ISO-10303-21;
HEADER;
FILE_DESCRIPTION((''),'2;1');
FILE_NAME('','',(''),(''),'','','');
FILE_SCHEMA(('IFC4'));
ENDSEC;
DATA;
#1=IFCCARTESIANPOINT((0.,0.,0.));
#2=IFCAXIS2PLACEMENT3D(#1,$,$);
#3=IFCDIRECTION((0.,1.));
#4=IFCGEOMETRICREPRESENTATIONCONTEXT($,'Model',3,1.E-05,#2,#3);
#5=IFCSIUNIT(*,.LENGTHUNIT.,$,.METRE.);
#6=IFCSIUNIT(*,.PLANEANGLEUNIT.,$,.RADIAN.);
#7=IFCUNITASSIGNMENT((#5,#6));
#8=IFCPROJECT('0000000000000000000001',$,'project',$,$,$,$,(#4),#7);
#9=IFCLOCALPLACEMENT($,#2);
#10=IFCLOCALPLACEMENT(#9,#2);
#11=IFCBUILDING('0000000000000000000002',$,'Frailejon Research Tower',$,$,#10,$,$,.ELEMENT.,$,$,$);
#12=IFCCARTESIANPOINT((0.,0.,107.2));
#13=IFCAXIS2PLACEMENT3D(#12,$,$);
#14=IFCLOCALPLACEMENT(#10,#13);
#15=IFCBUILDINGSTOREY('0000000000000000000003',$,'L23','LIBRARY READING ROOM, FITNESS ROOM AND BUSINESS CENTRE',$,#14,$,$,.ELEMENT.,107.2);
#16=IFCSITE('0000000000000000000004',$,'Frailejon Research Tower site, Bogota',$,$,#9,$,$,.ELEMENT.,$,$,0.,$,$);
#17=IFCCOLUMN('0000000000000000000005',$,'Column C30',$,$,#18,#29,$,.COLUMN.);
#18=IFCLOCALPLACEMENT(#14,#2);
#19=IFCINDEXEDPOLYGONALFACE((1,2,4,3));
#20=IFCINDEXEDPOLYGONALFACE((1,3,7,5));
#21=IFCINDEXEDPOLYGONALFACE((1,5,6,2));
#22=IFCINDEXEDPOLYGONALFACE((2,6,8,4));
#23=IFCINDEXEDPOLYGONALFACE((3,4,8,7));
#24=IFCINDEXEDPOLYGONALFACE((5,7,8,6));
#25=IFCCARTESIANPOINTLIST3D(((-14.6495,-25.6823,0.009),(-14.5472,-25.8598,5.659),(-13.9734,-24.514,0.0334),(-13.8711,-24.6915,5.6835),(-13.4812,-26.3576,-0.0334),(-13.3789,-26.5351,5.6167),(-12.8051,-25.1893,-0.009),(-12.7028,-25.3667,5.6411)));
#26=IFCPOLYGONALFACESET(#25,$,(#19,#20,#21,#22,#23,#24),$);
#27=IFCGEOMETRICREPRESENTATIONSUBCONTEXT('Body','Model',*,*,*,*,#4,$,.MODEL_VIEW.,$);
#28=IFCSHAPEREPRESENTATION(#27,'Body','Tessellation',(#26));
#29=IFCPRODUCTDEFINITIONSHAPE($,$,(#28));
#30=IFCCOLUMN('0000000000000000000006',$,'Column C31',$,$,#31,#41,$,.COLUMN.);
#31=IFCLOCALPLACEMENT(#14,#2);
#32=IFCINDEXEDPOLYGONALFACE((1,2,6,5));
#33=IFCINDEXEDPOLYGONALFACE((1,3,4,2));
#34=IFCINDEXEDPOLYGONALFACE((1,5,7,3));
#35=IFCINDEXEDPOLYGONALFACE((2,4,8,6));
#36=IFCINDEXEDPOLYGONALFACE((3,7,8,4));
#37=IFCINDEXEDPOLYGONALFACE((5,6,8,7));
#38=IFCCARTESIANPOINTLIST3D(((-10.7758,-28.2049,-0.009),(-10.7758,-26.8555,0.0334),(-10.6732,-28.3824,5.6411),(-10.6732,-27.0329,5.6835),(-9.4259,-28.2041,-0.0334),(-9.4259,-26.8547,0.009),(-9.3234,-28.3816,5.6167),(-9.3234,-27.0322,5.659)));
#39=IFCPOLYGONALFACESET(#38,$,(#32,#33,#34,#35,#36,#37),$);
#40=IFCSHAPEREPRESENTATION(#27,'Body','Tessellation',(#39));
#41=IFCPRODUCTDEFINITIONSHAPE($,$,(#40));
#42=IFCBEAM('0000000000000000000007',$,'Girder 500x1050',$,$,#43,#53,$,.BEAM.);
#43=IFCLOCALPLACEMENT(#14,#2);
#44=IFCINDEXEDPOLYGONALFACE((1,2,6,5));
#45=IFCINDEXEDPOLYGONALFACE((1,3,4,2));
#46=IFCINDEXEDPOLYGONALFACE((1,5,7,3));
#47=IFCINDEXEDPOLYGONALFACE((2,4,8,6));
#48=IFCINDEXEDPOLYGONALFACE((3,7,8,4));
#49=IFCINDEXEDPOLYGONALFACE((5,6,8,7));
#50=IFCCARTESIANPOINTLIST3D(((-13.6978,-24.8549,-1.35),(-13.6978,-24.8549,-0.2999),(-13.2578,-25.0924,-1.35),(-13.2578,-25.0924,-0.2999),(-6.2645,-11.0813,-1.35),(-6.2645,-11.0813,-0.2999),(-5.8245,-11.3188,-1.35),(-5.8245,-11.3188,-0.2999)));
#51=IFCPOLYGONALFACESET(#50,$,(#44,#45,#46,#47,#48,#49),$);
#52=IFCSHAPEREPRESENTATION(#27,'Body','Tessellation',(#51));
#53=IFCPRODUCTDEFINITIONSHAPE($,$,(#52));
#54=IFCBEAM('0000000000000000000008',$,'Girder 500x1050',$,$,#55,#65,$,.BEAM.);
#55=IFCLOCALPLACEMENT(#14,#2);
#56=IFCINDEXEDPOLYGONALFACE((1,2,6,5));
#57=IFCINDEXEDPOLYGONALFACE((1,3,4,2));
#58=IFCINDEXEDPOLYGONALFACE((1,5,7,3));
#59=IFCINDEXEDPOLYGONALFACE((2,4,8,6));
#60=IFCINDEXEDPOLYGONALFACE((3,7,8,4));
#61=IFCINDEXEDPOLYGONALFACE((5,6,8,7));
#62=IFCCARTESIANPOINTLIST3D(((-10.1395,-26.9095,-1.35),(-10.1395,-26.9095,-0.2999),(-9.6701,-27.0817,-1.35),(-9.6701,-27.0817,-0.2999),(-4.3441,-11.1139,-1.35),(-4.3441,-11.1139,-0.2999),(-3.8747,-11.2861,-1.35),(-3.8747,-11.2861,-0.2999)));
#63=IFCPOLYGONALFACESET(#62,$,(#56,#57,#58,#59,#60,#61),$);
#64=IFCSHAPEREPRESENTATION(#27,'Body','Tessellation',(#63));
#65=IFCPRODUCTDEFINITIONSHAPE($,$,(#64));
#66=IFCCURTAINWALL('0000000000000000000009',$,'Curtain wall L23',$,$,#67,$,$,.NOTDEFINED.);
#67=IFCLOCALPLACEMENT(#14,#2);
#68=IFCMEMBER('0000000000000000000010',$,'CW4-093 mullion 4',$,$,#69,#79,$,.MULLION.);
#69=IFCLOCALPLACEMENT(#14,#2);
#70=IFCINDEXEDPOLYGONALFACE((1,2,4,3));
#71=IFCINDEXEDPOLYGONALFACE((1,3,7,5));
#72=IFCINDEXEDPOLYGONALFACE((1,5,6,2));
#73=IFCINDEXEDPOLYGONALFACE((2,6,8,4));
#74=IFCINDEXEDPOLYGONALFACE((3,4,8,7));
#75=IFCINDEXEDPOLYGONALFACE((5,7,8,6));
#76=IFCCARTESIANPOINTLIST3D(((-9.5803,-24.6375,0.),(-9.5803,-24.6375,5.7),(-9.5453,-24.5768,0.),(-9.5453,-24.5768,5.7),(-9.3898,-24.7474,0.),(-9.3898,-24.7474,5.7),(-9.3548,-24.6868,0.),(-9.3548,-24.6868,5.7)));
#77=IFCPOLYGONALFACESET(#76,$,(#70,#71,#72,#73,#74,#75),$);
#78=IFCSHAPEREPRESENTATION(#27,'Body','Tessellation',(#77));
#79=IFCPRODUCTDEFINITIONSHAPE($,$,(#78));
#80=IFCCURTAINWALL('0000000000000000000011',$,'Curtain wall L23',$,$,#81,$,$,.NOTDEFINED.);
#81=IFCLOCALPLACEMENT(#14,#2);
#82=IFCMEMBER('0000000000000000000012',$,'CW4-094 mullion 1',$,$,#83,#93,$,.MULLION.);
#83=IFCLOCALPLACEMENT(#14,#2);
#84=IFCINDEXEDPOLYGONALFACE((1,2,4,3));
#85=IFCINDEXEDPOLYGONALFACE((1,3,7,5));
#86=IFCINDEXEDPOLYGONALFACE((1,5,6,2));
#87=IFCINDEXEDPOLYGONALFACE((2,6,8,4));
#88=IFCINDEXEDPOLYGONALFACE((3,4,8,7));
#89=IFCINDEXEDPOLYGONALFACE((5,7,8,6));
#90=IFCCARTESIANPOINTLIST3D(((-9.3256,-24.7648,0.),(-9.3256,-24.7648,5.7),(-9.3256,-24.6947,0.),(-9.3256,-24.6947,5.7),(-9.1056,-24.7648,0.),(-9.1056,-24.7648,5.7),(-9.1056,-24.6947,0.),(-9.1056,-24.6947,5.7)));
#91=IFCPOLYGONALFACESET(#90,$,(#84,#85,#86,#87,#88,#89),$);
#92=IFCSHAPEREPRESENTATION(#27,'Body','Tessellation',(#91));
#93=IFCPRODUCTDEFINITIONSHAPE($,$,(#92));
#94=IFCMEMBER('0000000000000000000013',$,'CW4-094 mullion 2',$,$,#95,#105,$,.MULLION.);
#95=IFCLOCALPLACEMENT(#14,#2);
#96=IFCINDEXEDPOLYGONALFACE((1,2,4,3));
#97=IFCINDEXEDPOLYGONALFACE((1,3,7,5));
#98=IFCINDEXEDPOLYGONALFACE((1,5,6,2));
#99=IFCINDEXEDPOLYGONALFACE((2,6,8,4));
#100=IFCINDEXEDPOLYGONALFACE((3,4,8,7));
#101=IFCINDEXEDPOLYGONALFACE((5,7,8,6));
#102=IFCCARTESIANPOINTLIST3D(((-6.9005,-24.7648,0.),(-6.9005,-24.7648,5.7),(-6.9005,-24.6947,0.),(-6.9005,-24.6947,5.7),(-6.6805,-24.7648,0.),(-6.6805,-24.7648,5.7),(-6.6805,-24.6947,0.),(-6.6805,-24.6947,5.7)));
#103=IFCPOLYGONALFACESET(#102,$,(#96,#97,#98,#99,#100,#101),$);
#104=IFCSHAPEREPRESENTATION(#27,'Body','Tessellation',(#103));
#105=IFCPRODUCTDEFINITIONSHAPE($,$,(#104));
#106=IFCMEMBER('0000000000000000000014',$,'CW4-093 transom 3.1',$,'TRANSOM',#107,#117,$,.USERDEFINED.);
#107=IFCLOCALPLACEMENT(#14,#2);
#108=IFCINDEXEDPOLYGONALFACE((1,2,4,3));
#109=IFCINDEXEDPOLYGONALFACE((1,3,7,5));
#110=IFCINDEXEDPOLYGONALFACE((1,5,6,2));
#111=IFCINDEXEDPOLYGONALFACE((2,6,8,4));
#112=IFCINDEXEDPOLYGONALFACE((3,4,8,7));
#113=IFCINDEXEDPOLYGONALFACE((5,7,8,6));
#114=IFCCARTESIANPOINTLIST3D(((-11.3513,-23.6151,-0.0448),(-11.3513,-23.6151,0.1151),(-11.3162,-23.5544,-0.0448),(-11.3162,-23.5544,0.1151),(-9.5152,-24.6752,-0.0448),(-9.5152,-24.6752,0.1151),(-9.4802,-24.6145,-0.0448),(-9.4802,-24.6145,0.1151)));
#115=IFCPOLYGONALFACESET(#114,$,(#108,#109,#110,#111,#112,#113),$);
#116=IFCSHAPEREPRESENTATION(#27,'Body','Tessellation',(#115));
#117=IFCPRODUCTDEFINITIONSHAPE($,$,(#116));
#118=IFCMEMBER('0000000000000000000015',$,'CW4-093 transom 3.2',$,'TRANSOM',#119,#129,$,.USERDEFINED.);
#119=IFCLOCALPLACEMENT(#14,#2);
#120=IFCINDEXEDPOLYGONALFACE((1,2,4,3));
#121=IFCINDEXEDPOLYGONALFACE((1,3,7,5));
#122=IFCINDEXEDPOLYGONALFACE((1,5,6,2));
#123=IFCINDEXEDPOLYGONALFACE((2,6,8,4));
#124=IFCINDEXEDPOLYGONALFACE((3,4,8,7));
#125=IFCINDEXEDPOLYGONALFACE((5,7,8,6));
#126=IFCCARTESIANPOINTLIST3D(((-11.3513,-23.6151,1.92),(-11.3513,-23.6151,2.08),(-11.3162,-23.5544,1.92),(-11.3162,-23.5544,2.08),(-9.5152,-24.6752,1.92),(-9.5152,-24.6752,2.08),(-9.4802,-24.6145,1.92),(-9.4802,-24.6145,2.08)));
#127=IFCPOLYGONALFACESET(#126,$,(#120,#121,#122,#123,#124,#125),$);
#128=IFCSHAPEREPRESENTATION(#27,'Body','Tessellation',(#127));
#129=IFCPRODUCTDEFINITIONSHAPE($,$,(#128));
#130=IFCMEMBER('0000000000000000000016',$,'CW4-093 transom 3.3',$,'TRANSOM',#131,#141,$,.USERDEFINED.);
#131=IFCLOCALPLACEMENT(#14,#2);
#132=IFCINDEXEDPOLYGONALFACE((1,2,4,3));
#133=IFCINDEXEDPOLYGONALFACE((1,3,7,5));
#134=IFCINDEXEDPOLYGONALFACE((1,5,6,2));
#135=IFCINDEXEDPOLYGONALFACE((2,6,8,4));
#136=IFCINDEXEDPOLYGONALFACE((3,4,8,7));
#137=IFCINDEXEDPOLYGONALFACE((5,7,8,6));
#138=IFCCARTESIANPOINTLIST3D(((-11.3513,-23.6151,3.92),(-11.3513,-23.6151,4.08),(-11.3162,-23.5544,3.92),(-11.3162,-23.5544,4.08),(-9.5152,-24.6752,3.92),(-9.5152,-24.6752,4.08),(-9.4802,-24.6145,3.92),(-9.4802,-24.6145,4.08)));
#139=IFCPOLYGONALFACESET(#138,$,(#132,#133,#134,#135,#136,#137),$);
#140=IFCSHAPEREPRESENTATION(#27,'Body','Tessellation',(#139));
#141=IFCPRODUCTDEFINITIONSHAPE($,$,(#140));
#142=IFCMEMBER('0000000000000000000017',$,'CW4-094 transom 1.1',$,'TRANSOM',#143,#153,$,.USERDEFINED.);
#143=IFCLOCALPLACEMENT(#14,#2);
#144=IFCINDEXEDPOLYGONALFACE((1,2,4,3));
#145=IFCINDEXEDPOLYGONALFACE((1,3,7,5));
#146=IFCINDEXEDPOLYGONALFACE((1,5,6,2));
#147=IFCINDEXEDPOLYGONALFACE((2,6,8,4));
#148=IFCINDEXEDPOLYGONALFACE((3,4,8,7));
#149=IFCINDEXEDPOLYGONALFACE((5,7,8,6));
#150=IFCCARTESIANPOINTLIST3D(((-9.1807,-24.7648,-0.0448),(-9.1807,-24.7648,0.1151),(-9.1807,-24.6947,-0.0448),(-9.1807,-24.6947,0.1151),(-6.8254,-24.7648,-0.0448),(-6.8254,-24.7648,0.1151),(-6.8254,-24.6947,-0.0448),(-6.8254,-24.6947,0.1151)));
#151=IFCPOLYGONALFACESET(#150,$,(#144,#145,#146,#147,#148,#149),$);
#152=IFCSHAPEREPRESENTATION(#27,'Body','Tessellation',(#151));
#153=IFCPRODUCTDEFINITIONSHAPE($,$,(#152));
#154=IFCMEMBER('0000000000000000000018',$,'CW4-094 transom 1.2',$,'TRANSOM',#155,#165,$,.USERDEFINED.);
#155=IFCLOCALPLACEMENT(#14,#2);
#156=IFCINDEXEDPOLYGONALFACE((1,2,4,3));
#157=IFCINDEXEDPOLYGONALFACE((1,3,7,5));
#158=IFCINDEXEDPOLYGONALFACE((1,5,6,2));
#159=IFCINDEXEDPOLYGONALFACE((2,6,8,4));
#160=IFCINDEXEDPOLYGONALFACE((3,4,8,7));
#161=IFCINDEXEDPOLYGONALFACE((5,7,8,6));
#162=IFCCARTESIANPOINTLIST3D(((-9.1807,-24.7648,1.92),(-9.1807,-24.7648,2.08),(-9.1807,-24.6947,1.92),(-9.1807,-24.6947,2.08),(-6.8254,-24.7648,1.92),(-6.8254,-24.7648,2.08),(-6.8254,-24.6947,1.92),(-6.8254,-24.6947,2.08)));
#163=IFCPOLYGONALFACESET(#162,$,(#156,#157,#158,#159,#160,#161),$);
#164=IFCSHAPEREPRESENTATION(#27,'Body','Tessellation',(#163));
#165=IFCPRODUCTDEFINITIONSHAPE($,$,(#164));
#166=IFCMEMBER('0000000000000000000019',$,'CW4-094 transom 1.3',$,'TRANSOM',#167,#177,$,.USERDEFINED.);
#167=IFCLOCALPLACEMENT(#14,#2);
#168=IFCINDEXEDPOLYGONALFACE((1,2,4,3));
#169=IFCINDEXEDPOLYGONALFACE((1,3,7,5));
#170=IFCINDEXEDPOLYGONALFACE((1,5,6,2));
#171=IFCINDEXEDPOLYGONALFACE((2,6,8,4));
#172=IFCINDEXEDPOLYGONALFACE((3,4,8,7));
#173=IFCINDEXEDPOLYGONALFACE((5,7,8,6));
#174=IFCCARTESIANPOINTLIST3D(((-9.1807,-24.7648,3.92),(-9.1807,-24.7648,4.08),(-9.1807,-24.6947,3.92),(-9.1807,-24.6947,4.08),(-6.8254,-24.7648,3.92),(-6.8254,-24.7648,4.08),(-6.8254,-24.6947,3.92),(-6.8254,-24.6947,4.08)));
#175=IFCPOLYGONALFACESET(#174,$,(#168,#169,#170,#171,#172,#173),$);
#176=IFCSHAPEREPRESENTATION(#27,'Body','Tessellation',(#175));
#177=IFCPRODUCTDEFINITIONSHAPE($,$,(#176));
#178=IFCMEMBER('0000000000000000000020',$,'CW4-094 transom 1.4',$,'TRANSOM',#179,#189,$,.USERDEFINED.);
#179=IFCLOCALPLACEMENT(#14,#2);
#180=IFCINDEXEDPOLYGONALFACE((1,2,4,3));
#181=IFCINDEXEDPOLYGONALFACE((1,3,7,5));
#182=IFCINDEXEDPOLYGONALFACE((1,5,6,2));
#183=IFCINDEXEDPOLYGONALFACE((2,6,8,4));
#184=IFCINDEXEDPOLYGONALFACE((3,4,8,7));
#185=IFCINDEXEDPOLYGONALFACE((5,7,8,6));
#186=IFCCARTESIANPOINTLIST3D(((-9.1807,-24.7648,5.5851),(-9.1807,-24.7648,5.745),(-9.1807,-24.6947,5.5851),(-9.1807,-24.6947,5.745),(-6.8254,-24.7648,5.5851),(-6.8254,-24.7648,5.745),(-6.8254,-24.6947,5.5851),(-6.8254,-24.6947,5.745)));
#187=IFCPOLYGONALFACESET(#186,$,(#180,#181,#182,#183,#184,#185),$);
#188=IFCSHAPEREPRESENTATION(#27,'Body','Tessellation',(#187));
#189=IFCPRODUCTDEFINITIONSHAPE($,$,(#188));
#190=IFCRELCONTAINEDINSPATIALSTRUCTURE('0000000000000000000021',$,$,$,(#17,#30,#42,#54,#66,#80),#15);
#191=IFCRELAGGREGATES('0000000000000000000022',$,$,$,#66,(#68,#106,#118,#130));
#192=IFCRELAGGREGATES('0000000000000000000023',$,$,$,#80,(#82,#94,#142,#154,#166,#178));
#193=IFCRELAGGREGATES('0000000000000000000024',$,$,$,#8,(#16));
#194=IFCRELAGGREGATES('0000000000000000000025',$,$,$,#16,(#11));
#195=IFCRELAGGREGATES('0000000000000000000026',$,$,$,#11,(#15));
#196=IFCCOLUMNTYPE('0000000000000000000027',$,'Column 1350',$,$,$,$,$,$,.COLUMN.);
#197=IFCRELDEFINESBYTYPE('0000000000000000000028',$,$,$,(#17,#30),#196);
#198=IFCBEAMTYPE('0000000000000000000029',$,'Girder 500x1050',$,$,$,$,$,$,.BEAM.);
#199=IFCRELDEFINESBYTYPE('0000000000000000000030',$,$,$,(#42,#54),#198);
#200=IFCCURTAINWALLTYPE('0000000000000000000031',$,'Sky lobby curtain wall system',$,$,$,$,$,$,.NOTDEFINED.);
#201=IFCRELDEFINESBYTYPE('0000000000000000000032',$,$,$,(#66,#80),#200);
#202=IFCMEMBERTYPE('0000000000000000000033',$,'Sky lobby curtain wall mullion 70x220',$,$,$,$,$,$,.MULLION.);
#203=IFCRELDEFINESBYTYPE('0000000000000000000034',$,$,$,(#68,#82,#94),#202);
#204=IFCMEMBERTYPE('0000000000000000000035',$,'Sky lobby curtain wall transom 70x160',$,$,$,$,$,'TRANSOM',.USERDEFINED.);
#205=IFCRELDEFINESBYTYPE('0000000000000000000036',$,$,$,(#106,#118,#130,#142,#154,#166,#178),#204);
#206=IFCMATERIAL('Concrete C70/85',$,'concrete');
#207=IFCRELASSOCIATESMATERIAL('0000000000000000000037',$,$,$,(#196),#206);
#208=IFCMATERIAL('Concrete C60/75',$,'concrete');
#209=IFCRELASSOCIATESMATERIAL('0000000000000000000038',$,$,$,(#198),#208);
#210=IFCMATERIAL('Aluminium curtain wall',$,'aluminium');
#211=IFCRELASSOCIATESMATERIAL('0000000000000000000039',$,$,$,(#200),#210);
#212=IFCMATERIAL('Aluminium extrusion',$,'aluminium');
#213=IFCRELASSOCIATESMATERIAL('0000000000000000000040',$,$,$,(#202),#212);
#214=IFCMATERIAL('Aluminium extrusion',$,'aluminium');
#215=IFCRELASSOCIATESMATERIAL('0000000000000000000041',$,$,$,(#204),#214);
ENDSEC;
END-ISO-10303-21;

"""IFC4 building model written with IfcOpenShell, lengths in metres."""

from ifc_helpers import new_model, si_unit, direction, frame, origin, origin_2d, place, context, subcontext, project, spatial, rectangle, extrude, material, material_profile, profile_set, type_object, element, aggregate, save


model = new_model("IFC4")

# Units and contexts
model_context = context("Model", 3, precision=1e-05, world=origin(), true_north=direction((0.0, 1.0)))
body_context = subcontext(model_context, "Body", "Model", "MODEL_VIEW")
ifc_project = project(units=[si_unit("LENGTHUNIT", "METRE"), si_unit("PLANEANGLEUNIT", "RADIAN")], contexts=[model_context])

# Site, building, storey
site_placement = place(None, origin())
site = spatial("IfcSite", under=ifc_project, at=site_placement, Name="Frailejon Research Tower site, Bogota", CompositionType="ELEMENT", RefElevation=0.0)
building_placement = place(site_placement, origin())
building = spatial("IfcBuilding", under=site, at=building_placement, Name="Frailejon Research Tower", CompositionType="ELEMENT")
storey_placement = place(building_placement, frame((0.0, 0.0, 107.2)))
storey = spatial("IfcBuildingStorey", under=building, at=storey_placement, Name="L23", Description="LIBRARY READING ROOM, FITNESS ROOM AND BUSINESS CENTRE", CompositionType="ELEMENT", Elevation=107.2)

# Columns
ifc_material_1 = material(Name="Concrete C70/85", Category="concrete")
ifc_material_profile_1 = material_profile(ifc_material_1, rectangle(XDim=1.3501, YDim=1.3501, at=origin_2d()), Name="Column 1350")
ifc_profile_set_1 = profile_set([ifc_material_profile_1], Name="Concrete C70/85")
column_type = type_object("IfcColumnType", Name="Column 1350", PredefinedType="COLUMN", material=ifc_profile_set_1)
for number, where, z_axis, x_axis, name in (
    (1, (-13.7273, -25.4358, 0.0), (0.018093, -0.031393, 0.999343), (0.865367, -0.500155, -0.031379), "Column C30"),
    (2, (-10.1008, -27.5298, 0.0), (0.018136, -0.031393, 0.999343), (0.999836, 0.000568, -0.018127), "Column C31"),
):
    element("IfcColumn", number, at=place(storey_placement, frame(where, z_axis=z_axis, x_axis=x_axis)), inside=storey, type_object=column_type, Name=name, PredefinedType="COLUMN", context=body_context, shape_type="SweptSolid", body=[
        extrude(rectangle(XDim=1.3501, YDim=1.3501, at=origin_2d()), origin(), (0.0, 0.0, 1.0), 5.6538),
    ])

# Beams
ifc_material_2 = material(Name="Concrete C60/75", Category="concrete")
ifc_material_profile_2 = material_profile(ifc_material_2, rectangle(XDim=0.5, YDim=1.05, at=origin_2d()), Name="Girder 500x1050")
ifc_profile_set_2 = profile_set([ifc_material_profile_2], Name="Concrete C60/75")
beam_type_1 = type_object("IfcBeamType", Name="Girder 500x1050", PredefinedType="BEAM", material=ifc_profile_set_2)
beam_1_placement = place(storey_placement, frame((-13.4778, -24.9736, -0.825), z_axis=(0.474929, 0.880024, 0.0), x_axis=(-0.880024, 0.474929, 0.0)))
element("IfcBeam", 3, at=beam_1_placement, inside=storey, type_object=beam_type_1, Name="Girder 500x1050", PredefinedType="BEAM", context=body_context, shape_type="SweptSolid", body=[
    extrude(rectangle(XDim=0.5, YDim=1.05, at=origin_2d()), origin(), (0.0, 0.0, 1.0), 15.6514),
])
beam_2_placement = place(storey_placement, frame((-9.9048, -26.9956, -0.825), z_axis=(0.344447, 0.938806, 0.0), x_axis=(-0.938806, 0.344447, 0.0)))
element("IfcBeam", 4, at=beam_2_placement, inside=storey, type_object=beam_type_1, Name="Girder 500x1050", PredefinedType="BEAM", context=body_context, shape_type="SweptSolid", body=[
    extrude(rectangle(XDim=0.5, YDim=1.05, at=origin_2d()), origin(), (0.0, 0.0, 1.0), 16.8252),
])

# Curtain wall, member
ifc_material_3 = material(Name="Aluminium curtain wall", Category="aluminium")
curtain_wall_type = type_object("IfcCurtainWallType", Name="Sky lobby curtain wall system", PredefinedType="NOTDEFINED", material=ifc_material_3)
curtain_wall_1_placement = place(storey_placement, origin())
curtain_wall_1 = element("IfcCurtainWall", 5, at=curtain_wall_1_placement, inside=storey, type_object=curtain_wall_type, Name="Curtain wall L23", PredefinedType="NOTDEFINED")
ifc_material_4 = material(Name="Aluminium extrusion", Category="aluminium")
ifc_material_profile_3 = material_profile(ifc_material_4, rectangle(XDim=0.0701, YDim=0.22, at=origin_2d()), Name="Sky lobby curtain wall mullion 70x220")
ifc_profile_set_3 = profile_set([ifc_material_profile_3], Name="Aluminium extrusion")
member_type_1 = type_object("IfcMemberType", Name="Sky lobby curtain wall mullion 70x220", PredefinedType="MULLION", material=ifc_profile_set_3)
member_1_placement = place(storey_placement, frame((-9.4675, -24.6621, 0.0), z_axis=(0.0, 0.0, 1.0), x_axis=(0.500009, 0.86602, 0.0)))
member_1 = element("IfcMember", 6, at=member_1_placement, type_object=member_type_1, Name="CW4-093 mullion 4", PredefinedType="MULLION", context=body_context, shape_type="SweptSolid", body=[
    extrude(rectangle(XDim=0.0701, YDim=0.22, at=origin_2d()), origin(), (0.0, 0.0, 1.0), 5.7),
])

# Curtain wall, members
curtain_wall_2_placement = place(storey_placement, origin())
curtain_wall_2 = element("IfcCurtainWall", 7, at=curtain_wall_2_placement, inside=storey, type_object=curtain_wall_type, Name="Curtain wall L23", PredefinedType="NOTDEFINED")
member_2_placement = place(storey_placement, frame((-9.2156, -24.7297, 0.0), z_axis=(0.0, 0.0, 1.0), x_axis=(0.0, 1.0, 0.0)))
member_2 = element("IfcMember", 8, at=member_2_placement, type_object=member_type_1, Name="CW4-094 mullion 1", PredefinedType="MULLION", context=body_context, shape_type="SweptSolid", body=[
    extrude(rectangle(XDim=0.0701, YDim=0.22, at=origin_2d()), origin(), (0.0, 0.0, 1.0), 5.7),
])
member_3_placement = place(storey_placement, frame((-6.7905, -24.7297, 0.0), z_axis=(0.0, 0.0, 1.0), x_axis=(0.0, 1.0, 0.0)))
member_3 = element("IfcMember", 9, at=member_3_placement, type_object=member_type_1, Name="CW4-094 mullion 2", PredefinedType="MULLION", context=body_context, shape_type="SweptSolid", body=[
    extrude(rectangle(XDim=0.0701, YDim=0.22, at=origin_2d()), origin(), (0.0, 0.0, 1.0), 5.7),
])

# Members
ifc_material_5 = material(Name="Aluminium extrusion", Category="aluminium")
ifc_material_profile_4 = material_profile(ifc_material_5, rectangle(XDim=0.0701, YDim=0.1599, at=origin_2d()), Name="Sky lobby curtain wall transom 70x160")
ifc_profile_set_4 = profile_set([ifc_material_profile_4], Name="Aluminium extrusion")
member_type_2 = type_object("IfcMemberType", Name="Sky lobby curtain wall transom 70x160", ElementType="TRANSOM", PredefinedType="USERDEFINED", material=ifc_profile_set_4)
member_4_placement = place(storey_placement, frame((-11.3337, -23.5847, 0.0352), z_axis=(0.866009, -0.500028, 0.0), x_axis=(0.500028, 0.866009, 0.0)))
member_4 = element("IfcMember", 10, at=member_4_placement, type_object=member_type_2, Name="CW4-093 transom 3.1", ObjectType="TRANSOM", PredefinedType="USERDEFINED", context=body_context, shape_type="SweptSolid", body=[
    extrude(rectangle(XDim=0.0701, YDim=0.1599, at=origin_2d()), origin(), (0.0, 0.0, 1.0), 2.1201),
])
member_5_placement = place(storey_placement, frame((-11.3337, -23.5847, 2.0), z_axis=(0.866009, -0.500028, 0.0), x_axis=(0.500028, 0.866009, 0.0)))
member_5 = element("IfcMember", 11, at=member_5_placement, type_object=member_type_2, Name="CW4-093 transom 3.2", ObjectType="TRANSOM", PredefinedType="USERDEFINED", context=body_context, shape_type="SweptSolid", body=[
    extrude(rectangle(XDim=0.0701, YDim=0.1599, at=origin_2d()), origin(), (0.0, 0.0, 1.0), 2.1201),
])
member_6_placement = place(storey_placement, frame((-11.3337, -23.5847, 4.0), z_axis=(0.866009, -0.500028, 0.0), x_axis=(0.500028, 0.866009, 0.0)))
member_6 = element("IfcMember", 12, at=member_6_placement, type_object=member_type_2, Name="CW4-093 transom 3.3", ObjectType="TRANSOM", PredefinedType="USERDEFINED", context=body_context, shape_type="SweptSolid", body=[
    extrude(rectangle(XDim=0.0701, YDim=0.1599, at=origin_2d()), origin(), (0.0, 0.0, 1.0), 2.1201),
])
member_7_placement = place(storey_placement, frame((-9.1807, -24.7297, 0.0352), z_axis=(1.0, 0.0, 0.0), x_axis=(0.0, 1.0, 0.0)))
member_7 = element("IfcMember", 13, at=member_7_placement, type_object=member_type_2, Name="CW4-094 transom 1.1", ObjectType="TRANSOM", PredefinedType="USERDEFINED", context=body_context, shape_type="SweptSolid", body=[
    extrude(rectangle(XDim=0.0701, YDim=0.1599, at=origin_2d()), origin(), (0.0, 0.0, 1.0), 2.3552),
])
member_8_placement = place(storey_placement, frame((-9.1807, -24.7297, 2.0), z_axis=(1.0, 0.0, 0.0), x_axis=(0.0, 1.0, 0.0)))
member_8 = element("IfcMember", 14, at=member_8_placement, type_object=member_type_2, Name="CW4-094 transom 1.2", ObjectType="TRANSOM", PredefinedType="USERDEFINED", context=body_context, shape_type="SweptSolid", body=[
    extrude(rectangle(XDim=0.0701, YDim=0.1599, at=origin_2d()), origin(), (0.0, 0.0, 1.0), 2.3552),
])
member_9_placement = place(storey_placement, frame((-9.1807, -24.7297, 4.0), z_axis=(1.0, 0.0, 0.0), x_axis=(0.0, 1.0, 0.0)))
member_9 = element("IfcMember", 15, at=member_9_placement, type_object=member_type_2, Name="CW4-094 transom 1.3", ObjectType="TRANSOM", PredefinedType="USERDEFINED", context=body_context, shape_type="SweptSolid", body=[
    extrude(rectangle(XDim=0.0701, YDim=0.1599, at=origin_2d()), origin(), (0.0, 0.0, 1.0), 2.3552),
])
member_10_placement = place(storey_placement, frame((-9.1807, -24.7297, 5.665), z_axis=(1.0, 0.0, 0.0), x_axis=(0.0, 1.0, 0.0)))
member_10 = element("IfcMember", 16, at=member_10_placement, type_object=member_type_2, Name="CW4-094 transom 1.4", ObjectType="TRANSOM", PredefinedType="USERDEFINED", context=body_context, shape_type="SweptSolid", body=[
    extrude(rectangle(XDim=0.0701, YDim=0.1599, at=origin_2d()), origin(), (0.0, 0.0, 1.0), 2.3552),
])

aggregate(curtain_wall_1, [member_1, member_4, member_5, member_6])
aggregate(curtain_wall_2, [member_2, member_3, member_7, member_8, member_9, member_10])

save(model, "model.ifc")
